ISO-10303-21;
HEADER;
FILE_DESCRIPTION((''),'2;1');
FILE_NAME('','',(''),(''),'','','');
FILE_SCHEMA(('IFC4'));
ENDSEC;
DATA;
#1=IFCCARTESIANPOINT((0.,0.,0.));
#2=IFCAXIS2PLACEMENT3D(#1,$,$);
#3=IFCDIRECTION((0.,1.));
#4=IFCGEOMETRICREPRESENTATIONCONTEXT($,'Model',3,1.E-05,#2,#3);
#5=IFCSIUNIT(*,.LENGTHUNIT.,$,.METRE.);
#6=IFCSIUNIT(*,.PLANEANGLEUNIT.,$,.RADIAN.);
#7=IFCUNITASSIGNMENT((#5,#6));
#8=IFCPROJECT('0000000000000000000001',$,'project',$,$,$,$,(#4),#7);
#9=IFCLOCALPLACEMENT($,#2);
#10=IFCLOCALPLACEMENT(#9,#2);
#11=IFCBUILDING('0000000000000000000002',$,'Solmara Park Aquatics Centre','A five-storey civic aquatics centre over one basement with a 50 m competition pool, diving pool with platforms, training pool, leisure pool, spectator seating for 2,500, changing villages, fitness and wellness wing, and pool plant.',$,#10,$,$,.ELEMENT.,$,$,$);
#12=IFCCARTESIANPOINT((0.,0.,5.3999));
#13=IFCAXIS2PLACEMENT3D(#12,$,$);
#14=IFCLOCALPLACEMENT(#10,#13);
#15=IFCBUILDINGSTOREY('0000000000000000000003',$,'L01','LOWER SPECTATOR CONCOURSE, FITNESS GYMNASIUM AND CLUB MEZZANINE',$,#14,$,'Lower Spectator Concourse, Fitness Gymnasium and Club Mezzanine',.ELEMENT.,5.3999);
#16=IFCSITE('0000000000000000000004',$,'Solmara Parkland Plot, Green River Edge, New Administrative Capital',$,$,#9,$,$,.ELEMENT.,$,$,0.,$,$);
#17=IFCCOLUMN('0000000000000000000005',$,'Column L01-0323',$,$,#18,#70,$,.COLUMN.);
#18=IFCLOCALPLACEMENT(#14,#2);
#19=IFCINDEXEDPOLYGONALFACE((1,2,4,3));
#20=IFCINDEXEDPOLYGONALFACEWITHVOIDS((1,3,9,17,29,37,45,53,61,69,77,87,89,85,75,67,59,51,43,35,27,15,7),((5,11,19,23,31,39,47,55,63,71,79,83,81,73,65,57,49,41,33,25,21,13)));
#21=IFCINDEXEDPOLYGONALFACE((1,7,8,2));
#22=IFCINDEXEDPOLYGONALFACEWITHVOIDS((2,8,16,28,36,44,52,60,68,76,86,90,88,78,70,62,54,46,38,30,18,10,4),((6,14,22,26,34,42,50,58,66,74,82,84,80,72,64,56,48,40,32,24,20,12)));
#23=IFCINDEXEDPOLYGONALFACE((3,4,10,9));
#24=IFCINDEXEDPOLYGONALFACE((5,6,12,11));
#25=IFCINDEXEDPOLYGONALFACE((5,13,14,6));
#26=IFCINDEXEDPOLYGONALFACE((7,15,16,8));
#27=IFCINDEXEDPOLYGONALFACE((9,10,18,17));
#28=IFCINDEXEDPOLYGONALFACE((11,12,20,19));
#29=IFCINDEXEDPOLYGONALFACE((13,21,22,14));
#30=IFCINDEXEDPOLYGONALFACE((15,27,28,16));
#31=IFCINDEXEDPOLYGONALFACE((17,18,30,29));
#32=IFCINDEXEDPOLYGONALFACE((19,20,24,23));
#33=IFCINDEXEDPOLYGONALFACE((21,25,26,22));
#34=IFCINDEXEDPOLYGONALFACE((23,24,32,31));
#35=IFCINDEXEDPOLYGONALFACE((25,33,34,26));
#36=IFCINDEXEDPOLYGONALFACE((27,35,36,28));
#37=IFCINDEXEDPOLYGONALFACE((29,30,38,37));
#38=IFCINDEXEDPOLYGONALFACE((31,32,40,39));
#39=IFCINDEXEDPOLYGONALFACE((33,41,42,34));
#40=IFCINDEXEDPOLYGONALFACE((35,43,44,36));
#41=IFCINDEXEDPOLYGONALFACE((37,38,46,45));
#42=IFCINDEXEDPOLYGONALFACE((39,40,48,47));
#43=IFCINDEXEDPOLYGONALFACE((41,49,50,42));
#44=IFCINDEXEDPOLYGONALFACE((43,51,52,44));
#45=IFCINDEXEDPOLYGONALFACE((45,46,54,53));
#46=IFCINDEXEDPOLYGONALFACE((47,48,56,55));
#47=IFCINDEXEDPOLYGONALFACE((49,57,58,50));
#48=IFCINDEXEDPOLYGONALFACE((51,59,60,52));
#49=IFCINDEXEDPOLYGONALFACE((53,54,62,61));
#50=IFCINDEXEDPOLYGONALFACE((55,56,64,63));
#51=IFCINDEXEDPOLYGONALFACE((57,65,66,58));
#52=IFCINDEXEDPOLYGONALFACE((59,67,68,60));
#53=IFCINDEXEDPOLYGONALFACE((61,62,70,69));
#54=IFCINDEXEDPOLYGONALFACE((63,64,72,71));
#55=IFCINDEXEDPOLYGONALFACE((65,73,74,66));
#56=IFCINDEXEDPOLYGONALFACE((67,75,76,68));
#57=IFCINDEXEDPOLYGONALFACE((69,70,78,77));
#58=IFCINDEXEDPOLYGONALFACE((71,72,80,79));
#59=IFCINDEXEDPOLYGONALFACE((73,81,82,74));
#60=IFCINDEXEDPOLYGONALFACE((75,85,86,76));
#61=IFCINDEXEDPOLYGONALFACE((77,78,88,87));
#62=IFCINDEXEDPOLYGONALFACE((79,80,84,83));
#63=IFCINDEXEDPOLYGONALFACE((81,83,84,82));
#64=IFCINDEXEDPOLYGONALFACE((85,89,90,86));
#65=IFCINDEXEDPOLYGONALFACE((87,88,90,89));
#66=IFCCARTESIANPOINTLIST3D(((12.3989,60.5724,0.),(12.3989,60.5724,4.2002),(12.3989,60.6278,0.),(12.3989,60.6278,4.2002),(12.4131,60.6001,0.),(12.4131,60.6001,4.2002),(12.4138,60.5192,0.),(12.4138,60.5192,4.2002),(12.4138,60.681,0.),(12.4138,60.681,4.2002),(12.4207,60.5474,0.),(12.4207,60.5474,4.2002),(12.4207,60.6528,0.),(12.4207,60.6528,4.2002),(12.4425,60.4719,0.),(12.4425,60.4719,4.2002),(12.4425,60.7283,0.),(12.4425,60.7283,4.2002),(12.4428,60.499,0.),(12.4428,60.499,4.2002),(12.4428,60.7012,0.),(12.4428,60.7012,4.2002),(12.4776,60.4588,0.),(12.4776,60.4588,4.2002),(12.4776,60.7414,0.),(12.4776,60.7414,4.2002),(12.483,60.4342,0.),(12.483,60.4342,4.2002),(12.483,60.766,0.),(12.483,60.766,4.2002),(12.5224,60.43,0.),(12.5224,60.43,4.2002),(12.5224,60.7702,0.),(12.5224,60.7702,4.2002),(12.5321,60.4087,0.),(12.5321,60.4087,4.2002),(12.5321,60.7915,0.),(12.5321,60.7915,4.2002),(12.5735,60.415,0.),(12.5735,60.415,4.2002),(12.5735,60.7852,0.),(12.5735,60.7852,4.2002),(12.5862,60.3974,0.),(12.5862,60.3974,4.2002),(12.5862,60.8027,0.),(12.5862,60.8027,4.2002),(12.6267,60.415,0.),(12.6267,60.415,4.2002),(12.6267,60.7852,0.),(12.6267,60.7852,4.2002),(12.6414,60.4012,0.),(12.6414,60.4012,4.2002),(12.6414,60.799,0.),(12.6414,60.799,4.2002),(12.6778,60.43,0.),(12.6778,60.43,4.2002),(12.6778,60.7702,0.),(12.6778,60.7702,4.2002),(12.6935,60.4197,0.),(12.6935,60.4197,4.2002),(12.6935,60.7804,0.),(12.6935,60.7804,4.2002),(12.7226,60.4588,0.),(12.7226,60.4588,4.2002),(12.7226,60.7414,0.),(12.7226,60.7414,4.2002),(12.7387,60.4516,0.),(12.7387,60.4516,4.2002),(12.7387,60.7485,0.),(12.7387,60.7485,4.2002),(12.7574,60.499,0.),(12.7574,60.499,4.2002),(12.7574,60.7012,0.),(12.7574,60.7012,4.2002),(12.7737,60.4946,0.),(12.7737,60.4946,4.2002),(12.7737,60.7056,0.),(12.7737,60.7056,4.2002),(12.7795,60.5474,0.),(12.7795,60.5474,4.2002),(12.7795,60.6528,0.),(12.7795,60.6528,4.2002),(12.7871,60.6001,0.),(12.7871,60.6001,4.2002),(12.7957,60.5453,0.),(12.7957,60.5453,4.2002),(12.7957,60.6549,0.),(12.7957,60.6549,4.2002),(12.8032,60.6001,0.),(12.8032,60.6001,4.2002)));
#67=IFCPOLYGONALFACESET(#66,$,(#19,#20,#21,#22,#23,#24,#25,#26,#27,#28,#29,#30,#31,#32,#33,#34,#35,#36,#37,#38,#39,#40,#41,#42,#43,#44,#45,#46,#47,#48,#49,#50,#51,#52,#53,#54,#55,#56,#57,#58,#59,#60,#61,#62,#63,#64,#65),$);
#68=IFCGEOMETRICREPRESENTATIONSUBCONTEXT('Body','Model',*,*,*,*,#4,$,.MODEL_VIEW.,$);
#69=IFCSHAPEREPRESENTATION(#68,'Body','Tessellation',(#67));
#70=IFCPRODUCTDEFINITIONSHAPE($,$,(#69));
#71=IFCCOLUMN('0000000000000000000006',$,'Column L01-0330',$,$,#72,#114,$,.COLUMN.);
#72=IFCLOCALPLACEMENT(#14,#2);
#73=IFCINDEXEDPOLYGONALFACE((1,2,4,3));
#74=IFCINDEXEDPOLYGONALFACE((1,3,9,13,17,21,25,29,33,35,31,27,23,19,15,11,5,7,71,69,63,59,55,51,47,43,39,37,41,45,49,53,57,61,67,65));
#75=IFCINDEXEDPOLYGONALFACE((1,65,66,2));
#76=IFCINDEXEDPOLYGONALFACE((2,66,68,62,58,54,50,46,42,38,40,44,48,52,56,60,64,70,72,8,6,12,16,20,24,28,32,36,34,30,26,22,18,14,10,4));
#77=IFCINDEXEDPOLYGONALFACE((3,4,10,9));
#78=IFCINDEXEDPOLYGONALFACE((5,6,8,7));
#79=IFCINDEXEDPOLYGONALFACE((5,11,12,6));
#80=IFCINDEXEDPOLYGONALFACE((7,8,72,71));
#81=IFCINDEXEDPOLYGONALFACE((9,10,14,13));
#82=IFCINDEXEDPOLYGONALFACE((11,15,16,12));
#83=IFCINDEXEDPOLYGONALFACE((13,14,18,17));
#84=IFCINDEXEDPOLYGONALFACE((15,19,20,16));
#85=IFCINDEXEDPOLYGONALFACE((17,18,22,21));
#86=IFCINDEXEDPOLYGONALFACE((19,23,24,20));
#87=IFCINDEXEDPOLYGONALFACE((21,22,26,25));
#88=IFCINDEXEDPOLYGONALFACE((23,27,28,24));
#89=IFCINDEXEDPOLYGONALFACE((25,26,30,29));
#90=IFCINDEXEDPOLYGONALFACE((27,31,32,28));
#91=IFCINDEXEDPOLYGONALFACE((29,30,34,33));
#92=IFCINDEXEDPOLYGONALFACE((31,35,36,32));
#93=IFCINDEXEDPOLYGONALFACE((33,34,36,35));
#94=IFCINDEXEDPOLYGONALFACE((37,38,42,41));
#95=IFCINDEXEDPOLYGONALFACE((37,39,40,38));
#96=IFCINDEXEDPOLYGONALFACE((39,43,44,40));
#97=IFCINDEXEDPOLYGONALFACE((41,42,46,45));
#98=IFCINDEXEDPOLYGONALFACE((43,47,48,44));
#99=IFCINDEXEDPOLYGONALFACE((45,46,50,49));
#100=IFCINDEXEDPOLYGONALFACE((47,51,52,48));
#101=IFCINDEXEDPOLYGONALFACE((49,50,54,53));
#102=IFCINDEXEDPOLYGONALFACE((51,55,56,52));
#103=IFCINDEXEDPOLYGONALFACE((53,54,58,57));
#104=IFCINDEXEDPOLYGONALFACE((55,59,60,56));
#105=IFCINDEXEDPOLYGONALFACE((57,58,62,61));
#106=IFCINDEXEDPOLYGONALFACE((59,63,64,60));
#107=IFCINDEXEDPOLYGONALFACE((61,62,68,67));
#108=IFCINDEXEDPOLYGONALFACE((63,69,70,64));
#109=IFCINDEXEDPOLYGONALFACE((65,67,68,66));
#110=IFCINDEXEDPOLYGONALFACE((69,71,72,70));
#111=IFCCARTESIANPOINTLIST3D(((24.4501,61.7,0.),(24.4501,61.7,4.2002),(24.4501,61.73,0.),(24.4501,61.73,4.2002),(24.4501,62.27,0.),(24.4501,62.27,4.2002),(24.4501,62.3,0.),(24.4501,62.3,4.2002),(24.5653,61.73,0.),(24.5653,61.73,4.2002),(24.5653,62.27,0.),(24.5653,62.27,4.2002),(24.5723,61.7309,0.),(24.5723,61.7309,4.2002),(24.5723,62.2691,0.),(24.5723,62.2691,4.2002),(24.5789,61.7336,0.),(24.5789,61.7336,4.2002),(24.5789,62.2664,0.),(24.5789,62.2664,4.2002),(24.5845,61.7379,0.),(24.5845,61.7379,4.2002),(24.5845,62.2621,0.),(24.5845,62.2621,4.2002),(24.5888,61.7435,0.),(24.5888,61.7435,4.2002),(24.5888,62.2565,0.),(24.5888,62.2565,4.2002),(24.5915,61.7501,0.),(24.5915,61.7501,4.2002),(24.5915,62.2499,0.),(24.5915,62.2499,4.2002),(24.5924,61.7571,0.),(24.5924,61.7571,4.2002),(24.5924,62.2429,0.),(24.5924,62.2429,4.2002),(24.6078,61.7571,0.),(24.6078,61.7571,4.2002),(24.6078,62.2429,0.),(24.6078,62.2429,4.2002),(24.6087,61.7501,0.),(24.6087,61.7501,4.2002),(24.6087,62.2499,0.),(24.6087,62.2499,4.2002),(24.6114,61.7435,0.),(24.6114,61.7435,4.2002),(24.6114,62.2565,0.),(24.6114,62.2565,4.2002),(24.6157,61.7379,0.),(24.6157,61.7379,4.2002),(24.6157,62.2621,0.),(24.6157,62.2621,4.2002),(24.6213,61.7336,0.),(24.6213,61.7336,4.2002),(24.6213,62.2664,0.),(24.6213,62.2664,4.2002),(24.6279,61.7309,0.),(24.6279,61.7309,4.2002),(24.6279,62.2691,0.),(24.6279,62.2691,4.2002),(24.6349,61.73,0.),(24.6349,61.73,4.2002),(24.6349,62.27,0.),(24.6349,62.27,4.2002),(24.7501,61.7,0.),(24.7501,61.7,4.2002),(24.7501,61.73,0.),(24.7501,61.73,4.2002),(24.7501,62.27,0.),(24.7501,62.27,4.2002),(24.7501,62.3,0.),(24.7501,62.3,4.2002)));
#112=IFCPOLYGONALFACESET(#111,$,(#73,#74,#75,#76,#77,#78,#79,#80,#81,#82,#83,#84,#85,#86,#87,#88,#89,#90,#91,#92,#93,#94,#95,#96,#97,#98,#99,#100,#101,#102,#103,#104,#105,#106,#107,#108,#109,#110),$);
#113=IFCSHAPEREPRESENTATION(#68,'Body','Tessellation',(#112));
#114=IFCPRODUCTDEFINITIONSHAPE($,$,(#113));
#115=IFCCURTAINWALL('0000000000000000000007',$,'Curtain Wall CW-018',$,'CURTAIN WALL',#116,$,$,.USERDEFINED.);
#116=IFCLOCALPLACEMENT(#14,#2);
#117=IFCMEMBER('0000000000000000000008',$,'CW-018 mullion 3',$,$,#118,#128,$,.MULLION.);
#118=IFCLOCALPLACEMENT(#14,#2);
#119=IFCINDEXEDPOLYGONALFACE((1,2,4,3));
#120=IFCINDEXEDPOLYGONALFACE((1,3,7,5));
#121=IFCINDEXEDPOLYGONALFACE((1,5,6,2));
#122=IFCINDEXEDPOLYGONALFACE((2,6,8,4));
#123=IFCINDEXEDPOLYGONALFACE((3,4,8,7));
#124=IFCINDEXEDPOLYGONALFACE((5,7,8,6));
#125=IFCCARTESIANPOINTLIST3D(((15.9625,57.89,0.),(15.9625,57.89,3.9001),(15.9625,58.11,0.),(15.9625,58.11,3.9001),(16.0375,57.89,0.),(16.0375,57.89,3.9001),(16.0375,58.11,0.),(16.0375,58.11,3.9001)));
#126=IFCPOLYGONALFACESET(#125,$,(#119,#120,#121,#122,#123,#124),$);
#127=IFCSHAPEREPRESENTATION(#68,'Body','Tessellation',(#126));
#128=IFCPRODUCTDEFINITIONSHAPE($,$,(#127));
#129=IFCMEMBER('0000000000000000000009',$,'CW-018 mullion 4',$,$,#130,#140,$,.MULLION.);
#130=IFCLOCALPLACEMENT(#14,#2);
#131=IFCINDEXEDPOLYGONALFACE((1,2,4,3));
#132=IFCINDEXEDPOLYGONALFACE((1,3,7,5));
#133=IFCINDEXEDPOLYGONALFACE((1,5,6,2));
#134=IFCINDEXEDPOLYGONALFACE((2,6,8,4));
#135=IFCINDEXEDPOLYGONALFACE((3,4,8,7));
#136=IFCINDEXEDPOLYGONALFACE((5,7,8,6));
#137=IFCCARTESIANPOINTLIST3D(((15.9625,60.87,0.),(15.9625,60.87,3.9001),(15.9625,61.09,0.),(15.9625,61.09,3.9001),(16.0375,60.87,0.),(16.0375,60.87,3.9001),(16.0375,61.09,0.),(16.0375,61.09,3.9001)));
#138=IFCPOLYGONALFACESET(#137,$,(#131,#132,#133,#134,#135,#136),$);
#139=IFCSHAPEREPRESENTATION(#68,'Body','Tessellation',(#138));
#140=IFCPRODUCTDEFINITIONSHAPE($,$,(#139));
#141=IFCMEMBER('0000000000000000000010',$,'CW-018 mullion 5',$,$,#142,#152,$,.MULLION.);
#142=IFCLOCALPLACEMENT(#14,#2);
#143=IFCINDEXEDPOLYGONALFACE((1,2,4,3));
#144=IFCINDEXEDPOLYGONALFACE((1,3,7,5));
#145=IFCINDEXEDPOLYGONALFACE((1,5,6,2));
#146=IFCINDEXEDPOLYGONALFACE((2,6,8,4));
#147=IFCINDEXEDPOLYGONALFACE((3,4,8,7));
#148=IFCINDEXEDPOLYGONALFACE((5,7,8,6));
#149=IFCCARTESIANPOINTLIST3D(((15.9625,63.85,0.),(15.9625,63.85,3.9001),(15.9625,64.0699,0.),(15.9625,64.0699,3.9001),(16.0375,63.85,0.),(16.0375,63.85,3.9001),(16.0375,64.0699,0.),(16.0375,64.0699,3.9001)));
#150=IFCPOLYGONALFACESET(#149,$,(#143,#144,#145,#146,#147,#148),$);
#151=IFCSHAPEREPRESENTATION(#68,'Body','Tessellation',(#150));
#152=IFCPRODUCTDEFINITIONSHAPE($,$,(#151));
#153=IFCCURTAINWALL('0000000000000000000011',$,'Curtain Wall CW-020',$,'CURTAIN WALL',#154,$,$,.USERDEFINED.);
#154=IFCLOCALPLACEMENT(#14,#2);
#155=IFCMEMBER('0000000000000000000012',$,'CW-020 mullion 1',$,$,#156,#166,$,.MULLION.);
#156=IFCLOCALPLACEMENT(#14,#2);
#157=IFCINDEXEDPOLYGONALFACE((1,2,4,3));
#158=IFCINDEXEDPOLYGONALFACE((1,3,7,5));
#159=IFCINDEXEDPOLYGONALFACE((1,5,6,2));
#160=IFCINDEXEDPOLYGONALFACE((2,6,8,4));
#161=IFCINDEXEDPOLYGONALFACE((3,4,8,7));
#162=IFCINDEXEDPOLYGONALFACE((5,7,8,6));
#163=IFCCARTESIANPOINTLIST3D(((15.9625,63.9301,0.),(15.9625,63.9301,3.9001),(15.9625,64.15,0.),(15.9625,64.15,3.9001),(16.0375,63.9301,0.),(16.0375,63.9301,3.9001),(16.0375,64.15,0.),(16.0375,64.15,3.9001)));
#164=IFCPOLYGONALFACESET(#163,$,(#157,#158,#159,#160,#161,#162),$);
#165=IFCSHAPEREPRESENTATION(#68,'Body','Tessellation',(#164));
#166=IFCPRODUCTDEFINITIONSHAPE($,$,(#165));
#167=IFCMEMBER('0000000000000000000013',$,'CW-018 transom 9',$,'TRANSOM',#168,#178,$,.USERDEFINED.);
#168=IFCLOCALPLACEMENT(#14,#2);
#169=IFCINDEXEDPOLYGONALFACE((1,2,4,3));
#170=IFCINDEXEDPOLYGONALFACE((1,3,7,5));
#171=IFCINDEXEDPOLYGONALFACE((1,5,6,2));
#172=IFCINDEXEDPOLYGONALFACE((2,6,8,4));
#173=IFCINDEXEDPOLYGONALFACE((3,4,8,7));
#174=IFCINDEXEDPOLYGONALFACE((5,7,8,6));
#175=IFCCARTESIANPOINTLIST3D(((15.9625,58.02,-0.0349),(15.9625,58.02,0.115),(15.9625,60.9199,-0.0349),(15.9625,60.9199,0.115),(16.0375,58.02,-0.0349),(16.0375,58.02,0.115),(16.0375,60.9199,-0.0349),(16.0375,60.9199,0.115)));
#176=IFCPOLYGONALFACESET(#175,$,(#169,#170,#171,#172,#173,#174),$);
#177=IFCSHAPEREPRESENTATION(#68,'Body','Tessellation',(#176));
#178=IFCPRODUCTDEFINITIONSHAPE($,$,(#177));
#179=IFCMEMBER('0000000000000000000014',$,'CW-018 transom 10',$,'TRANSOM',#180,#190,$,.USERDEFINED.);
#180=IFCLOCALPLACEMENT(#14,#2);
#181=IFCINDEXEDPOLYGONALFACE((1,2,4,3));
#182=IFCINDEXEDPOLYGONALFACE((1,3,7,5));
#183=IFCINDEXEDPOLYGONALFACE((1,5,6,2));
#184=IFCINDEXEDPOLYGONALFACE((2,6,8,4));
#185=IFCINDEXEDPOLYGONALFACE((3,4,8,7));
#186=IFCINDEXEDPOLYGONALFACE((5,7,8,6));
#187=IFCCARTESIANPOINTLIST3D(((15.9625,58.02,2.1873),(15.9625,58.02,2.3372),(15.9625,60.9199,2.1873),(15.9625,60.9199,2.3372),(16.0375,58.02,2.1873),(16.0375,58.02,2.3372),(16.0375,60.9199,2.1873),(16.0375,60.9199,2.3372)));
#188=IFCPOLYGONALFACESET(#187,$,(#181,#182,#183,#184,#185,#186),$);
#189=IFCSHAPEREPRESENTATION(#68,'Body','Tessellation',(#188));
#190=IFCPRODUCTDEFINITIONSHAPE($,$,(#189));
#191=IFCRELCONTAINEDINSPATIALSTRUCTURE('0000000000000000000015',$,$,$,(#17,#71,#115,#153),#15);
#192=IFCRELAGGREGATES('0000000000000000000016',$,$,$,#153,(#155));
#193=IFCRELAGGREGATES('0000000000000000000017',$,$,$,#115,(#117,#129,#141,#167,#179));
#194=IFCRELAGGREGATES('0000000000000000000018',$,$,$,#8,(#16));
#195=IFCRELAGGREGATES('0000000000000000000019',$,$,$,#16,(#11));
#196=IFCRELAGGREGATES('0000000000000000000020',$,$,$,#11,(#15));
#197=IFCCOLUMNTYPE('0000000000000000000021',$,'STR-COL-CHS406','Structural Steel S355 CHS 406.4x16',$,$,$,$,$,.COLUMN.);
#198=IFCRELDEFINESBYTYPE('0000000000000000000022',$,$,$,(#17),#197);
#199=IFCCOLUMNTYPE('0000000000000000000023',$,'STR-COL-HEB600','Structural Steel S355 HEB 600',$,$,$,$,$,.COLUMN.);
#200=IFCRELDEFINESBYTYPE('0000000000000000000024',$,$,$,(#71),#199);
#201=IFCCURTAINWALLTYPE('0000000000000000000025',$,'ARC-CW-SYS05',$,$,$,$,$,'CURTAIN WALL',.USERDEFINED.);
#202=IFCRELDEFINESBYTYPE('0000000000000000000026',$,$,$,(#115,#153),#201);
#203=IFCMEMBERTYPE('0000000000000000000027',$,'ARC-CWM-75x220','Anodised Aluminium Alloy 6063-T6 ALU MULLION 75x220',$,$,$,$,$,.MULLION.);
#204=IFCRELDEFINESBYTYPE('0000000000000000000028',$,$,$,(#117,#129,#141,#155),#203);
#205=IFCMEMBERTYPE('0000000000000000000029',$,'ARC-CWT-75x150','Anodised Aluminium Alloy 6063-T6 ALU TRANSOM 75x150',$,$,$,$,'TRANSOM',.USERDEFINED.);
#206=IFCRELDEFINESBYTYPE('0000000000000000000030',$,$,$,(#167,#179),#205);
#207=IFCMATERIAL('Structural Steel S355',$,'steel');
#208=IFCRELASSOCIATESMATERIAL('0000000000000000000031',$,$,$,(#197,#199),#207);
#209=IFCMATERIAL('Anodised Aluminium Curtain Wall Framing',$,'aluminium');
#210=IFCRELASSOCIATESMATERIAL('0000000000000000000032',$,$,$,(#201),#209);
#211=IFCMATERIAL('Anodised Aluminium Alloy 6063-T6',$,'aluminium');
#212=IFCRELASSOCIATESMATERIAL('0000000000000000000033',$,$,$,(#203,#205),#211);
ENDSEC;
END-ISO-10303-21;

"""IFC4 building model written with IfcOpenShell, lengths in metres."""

from ifc_helpers import new_model, si_unit, direction, frame, origin, origin_2d, place, context, subcontext, project, spatial, rectangle, hollow_circle, i_section, extrude, material, material_profile, profile_set, type_object, element, aggregate, save


model = new_model("IFC4")

# Units and contexts
model_context = context("Model", 3, precision=1e-05, world=origin(), true_north=direction((0.0, 1.0)))
body_context = subcontext(model_context, "Body", "Model", "MODEL_VIEW")
ifc_project = project(units=[si_unit("LENGTHUNIT", "METRE"), si_unit("PLANEANGLEUNIT", "RADIAN")], contexts=[model_context])

# Site, building, storey
site_placement = place(None, origin())
site = spatial("IfcSite", under=ifc_project, at=site_placement, Name="Solmara Parkland Plot, Green River Edge, New Administrative Capital", CompositionType="ELEMENT", RefElevation=0.0)
building_placement = place(site_placement, origin())
building = spatial("IfcBuilding", under=site, at=building_placement, Name="Solmara Park Aquatics Centre", Description="A five-storey civic aquatics centre over one basement with a 50 m competition pool, diving pool with platforms, training pool, leisure pool, spectator seating for 2,500, changing villages, fitness and wellness wing, and pool plant.", CompositionType="ELEMENT")
storey_placement = place(building_placement, frame((0.0, 0.0, 5.3999)))
storey = spatial("IfcBuildingStorey", under=building, at=storey_placement, Name="L01", Description="LOWER SPECTATOR CONCOURSE, FITNESS GYMNASIUM AND CLUB MEZZANINE", LongName="Lower Spectator Concourse, Fitness Gymnasium and Club Mezzanine", CompositionType="ELEMENT", Elevation=5.3999)

# Columns
ifc_material_1 = material(Name="Structural Steel S355", Category="steel")
ifc_material_profile_1 = material_profile(ifc_material_1, hollow_circle(Radius=0.2031, WallThickness=0.0161, at=origin_2d()), Name="CHS 406.4x16")
ifc_profile_set_1 = profile_set([ifc_material_profile_1], Name="Structural Steel S355")
column_type_1 = type_object("IfcColumnType", Name="STR-COL-CHS406", Description="Structural Steel S355 CHS 406.4x16", PredefinedType="COLUMN", material=ifc_profile_set_1)
column_1_placement = place(storey_placement, frame((12.6001, 60.6001, 0.0), z_axis=(0.0, 0.0, 1.0), x_axis=(1.0, 0.0, 0.0)))
element("IfcColumn", 1, at=column_1_placement, inside=storey, type_object=column_type_1, Name="Column L01-0323", PredefinedType="COLUMN", context=body_context, shape_type="SweptSolid", body=[
    extrude(hollow_circle(Radius=0.2031, WallThickness=0.0161, at=origin_2d()), origin(), (0.0, 0.0, 1.0), 4.2002),
])
ifc_material_profile_2 = material_profile(ifc_material_1, i_section(OverallWidth=0.3, OverallDepth=0.6001, WebThickness=0.0154, FlangeThickness=0.03, FilletRadius=0.0271, at=origin_2d()), Name="HEB 600")
ifc_profile_set_2 = profile_set([ifc_material_profile_2], Name="Structural Steel S355")
column_type_2 = type_object("IfcColumnType", Name="STR-COL-HEB600", Description="Structural Steel S355 HEB 600", PredefinedType="COLUMN", material=ifc_profile_set_2)
column_2_placement = place(storey_placement, frame((24.6001, 62.0, 0.0), z_axis=(0.0, 0.0, 1.0), x_axis=(1.0, 0.0, 0.0)))
element("IfcColumn", 2, at=column_2_placement, inside=storey, type_object=column_type_2, Name="Column L01-0330", PredefinedType="COLUMN", context=body_context, shape_type="SweptSolid", body=[
    extrude(i_section(OverallWidth=0.3, OverallDepth=0.6001, WebThickness=0.0154, FlangeThickness=0.03, FilletRadius=0.0271, at=origin_2d()), origin(), (0.0, 0.0, 1.0), 4.2002),
])

# Curtain wall, members
ifc_material_2 = material(Name="Anodised Aluminium Curtain Wall Framing", Category="aluminium")
curtain_wall_type = type_object("IfcCurtainWallType", Name="ARC-CW-SYS05", ElementType="CURTAIN WALL", PredefinedType="USERDEFINED", material=ifc_material_2)
curtain_wall_1_placement = place(storey_placement, origin())
curtain_wall_1 = element("IfcCurtainWall", 3, at=curtain_wall_1_placement, inside=storey, type_object=curtain_wall_type, Name="Curtain Wall CW-018", ObjectType="CURTAIN WALL", PredefinedType="USERDEFINED")
ifc_material_3 = material(Name="Anodised Aluminium Alloy 6063-T6", Category="aluminium")
ifc_material_profile_3 = material_profile(ifc_material_3, rectangle(XDim=0.075, YDim=0.22, at=origin_2d()), Name="ALU MULLION 75x220")
ifc_profile_set_3 = profile_set([ifc_material_profile_3], Name="Anodised Aluminium Alloy 6063-T6")
member_type_1 = type_object("IfcMemberType", Name="ARC-CWM-75x220", Description="Anodised Aluminium Alloy 6063-T6 ALU MULLION 75x220", PredefinedType="MULLION", material=ifc_profile_set_3)
member_1_placement = place(storey_placement, frame((16.0, 58.0, 0.0), z_axis=(0.0, 0.0, 1.0), x_axis=(1.0, 0.0, 0.0)))
member_1 = element("IfcMember", 4, at=member_1_placement, type_object=member_type_1, Name="CW-018 mullion 3", PredefinedType="MULLION", context=body_context, shape_type="SweptSolid", body=[
    extrude(rectangle(XDim=0.075, YDim=0.22, at=origin_2d()), origin(), (0.0, 0.0, 1.0), 3.9001),
])
member_2_placement = place(storey_placement, frame((16.0, 60.98, 0.0), z_axis=(0.0, 0.0, 1.0), x_axis=(1.0, 0.0, 0.0)))
member_2 = element("IfcMember", 5, at=member_2_placement, type_object=member_type_1, Name="CW-018 mullion 4", PredefinedType="MULLION", context=body_context, shape_type="SweptSolid", body=[
    extrude(rectangle(XDim=0.075, YDim=0.22, at=origin_2d()), origin(), (0.0, 0.0, 1.0), 3.9001),
])
member_3_placement = place(storey_placement, frame((16.0, 63.96, 0.0), z_axis=(0.0, 0.0, 1.0), x_axis=(1.0, 0.0, 0.0)))
member_3 = element("IfcMember", 6, at=member_3_placement, type_object=member_type_1, Name="CW-018 mullion 5", PredefinedType="MULLION", context=body_context, shape_type="SweptSolid", body=[
    extrude(rectangle(XDim=0.075, YDim=0.22, at=origin_2d()), origin(), (0.0, 0.0, 1.0), 3.9001),
])

# Curtain wall, member
curtain_wall_2_placement = place(storey_placement, origin())
curtain_wall_2 = element("IfcCurtainWall", 7, at=curtain_wall_2_placement, inside=storey, type_object=curtain_wall_type, Name="Curtain Wall CW-020", ObjectType="CURTAIN WALL", PredefinedType="USERDEFINED")
member_4_placement = place(storey_placement, frame((16.0, 64.04, 0.0), z_axis=(0.0, 0.0, 1.0), x_axis=(1.0, 0.0, 0.0)))
member_4 = element("IfcMember", 8, at=member_4_placement, type_object=member_type_1, Name="CW-020 mullion 1", PredefinedType="MULLION", context=body_context, shape_type="SweptSolid", body=[
    extrude(rectangle(XDim=0.075, YDim=0.22, at=origin_2d()), origin(), (0.0, 0.0, 1.0), 3.9001),
])

# Members
ifc_material_profile_4 = material_profile(ifc_material_3, rectangle(XDim=0.075, YDim=0.1499, at=origin_2d()), Name="ALU TRANSOM 75x150")
ifc_profile_set_4 = profile_set([ifc_material_profile_4], Name="Anodised Aluminium Alloy 6063-T6")
member_type_2 = type_object("IfcMemberType", Name="ARC-CWT-75x150", Description="Anodised Aluminium Alloy 6063-T6 ALU TRANSOM 75x150", ElementType="TRANSOM", PredefinedType="USERDEFINED", material=ifc_profile_set_4)
member_5_placement = place(storey_placement, frame((16.0, 58.02, 0.04), z_axis=(0.0, 1.0, 0.0), x_axis=(-1.0, 0.0, 0.0)))
member_5 = element("IfcMember", 9, at=member_5_placement, type_object=member_type_2, Name="CW-018 transom 9", ObjectType="TRANSOM", PredefinedType="USERDEFINED", context=body_context, shape_type="SweptSolid", body=[
    extrude(rectangle(XDim=0.075, YDim=0.1499, at=origin_2d()), origin(), (0.0, 0.0, 1.0), 2.8999),
])
member_6_placement = place(storey_placement, frame((16.0, 58.02, 2.2622), z_axis=(0.0, 1.0, 0.0), x_axis=(-1.0, 0.0, 0.0)))
member_6 = element("IfcMember", 10, at=member_6_placement, type_object=member_type_2, Name="CW-018 transom 10", ObjectType="TRANSOM", PredefinedType="USERDEFINED", context=body_context, shape_type="SweptSolid", body=[
    extrude(rectangle(XDim=0.075, YDim=0.1499, at=origin_2d()), origin(), (0.0, 0.0, 1.0), 2.8999),
])
aggregate(curtain_wall_2, [member_4])

aggregate(curtain_wall_1, [member_1, member_2, member_3, member_5, member_6])

save(model, "model.ifc")
